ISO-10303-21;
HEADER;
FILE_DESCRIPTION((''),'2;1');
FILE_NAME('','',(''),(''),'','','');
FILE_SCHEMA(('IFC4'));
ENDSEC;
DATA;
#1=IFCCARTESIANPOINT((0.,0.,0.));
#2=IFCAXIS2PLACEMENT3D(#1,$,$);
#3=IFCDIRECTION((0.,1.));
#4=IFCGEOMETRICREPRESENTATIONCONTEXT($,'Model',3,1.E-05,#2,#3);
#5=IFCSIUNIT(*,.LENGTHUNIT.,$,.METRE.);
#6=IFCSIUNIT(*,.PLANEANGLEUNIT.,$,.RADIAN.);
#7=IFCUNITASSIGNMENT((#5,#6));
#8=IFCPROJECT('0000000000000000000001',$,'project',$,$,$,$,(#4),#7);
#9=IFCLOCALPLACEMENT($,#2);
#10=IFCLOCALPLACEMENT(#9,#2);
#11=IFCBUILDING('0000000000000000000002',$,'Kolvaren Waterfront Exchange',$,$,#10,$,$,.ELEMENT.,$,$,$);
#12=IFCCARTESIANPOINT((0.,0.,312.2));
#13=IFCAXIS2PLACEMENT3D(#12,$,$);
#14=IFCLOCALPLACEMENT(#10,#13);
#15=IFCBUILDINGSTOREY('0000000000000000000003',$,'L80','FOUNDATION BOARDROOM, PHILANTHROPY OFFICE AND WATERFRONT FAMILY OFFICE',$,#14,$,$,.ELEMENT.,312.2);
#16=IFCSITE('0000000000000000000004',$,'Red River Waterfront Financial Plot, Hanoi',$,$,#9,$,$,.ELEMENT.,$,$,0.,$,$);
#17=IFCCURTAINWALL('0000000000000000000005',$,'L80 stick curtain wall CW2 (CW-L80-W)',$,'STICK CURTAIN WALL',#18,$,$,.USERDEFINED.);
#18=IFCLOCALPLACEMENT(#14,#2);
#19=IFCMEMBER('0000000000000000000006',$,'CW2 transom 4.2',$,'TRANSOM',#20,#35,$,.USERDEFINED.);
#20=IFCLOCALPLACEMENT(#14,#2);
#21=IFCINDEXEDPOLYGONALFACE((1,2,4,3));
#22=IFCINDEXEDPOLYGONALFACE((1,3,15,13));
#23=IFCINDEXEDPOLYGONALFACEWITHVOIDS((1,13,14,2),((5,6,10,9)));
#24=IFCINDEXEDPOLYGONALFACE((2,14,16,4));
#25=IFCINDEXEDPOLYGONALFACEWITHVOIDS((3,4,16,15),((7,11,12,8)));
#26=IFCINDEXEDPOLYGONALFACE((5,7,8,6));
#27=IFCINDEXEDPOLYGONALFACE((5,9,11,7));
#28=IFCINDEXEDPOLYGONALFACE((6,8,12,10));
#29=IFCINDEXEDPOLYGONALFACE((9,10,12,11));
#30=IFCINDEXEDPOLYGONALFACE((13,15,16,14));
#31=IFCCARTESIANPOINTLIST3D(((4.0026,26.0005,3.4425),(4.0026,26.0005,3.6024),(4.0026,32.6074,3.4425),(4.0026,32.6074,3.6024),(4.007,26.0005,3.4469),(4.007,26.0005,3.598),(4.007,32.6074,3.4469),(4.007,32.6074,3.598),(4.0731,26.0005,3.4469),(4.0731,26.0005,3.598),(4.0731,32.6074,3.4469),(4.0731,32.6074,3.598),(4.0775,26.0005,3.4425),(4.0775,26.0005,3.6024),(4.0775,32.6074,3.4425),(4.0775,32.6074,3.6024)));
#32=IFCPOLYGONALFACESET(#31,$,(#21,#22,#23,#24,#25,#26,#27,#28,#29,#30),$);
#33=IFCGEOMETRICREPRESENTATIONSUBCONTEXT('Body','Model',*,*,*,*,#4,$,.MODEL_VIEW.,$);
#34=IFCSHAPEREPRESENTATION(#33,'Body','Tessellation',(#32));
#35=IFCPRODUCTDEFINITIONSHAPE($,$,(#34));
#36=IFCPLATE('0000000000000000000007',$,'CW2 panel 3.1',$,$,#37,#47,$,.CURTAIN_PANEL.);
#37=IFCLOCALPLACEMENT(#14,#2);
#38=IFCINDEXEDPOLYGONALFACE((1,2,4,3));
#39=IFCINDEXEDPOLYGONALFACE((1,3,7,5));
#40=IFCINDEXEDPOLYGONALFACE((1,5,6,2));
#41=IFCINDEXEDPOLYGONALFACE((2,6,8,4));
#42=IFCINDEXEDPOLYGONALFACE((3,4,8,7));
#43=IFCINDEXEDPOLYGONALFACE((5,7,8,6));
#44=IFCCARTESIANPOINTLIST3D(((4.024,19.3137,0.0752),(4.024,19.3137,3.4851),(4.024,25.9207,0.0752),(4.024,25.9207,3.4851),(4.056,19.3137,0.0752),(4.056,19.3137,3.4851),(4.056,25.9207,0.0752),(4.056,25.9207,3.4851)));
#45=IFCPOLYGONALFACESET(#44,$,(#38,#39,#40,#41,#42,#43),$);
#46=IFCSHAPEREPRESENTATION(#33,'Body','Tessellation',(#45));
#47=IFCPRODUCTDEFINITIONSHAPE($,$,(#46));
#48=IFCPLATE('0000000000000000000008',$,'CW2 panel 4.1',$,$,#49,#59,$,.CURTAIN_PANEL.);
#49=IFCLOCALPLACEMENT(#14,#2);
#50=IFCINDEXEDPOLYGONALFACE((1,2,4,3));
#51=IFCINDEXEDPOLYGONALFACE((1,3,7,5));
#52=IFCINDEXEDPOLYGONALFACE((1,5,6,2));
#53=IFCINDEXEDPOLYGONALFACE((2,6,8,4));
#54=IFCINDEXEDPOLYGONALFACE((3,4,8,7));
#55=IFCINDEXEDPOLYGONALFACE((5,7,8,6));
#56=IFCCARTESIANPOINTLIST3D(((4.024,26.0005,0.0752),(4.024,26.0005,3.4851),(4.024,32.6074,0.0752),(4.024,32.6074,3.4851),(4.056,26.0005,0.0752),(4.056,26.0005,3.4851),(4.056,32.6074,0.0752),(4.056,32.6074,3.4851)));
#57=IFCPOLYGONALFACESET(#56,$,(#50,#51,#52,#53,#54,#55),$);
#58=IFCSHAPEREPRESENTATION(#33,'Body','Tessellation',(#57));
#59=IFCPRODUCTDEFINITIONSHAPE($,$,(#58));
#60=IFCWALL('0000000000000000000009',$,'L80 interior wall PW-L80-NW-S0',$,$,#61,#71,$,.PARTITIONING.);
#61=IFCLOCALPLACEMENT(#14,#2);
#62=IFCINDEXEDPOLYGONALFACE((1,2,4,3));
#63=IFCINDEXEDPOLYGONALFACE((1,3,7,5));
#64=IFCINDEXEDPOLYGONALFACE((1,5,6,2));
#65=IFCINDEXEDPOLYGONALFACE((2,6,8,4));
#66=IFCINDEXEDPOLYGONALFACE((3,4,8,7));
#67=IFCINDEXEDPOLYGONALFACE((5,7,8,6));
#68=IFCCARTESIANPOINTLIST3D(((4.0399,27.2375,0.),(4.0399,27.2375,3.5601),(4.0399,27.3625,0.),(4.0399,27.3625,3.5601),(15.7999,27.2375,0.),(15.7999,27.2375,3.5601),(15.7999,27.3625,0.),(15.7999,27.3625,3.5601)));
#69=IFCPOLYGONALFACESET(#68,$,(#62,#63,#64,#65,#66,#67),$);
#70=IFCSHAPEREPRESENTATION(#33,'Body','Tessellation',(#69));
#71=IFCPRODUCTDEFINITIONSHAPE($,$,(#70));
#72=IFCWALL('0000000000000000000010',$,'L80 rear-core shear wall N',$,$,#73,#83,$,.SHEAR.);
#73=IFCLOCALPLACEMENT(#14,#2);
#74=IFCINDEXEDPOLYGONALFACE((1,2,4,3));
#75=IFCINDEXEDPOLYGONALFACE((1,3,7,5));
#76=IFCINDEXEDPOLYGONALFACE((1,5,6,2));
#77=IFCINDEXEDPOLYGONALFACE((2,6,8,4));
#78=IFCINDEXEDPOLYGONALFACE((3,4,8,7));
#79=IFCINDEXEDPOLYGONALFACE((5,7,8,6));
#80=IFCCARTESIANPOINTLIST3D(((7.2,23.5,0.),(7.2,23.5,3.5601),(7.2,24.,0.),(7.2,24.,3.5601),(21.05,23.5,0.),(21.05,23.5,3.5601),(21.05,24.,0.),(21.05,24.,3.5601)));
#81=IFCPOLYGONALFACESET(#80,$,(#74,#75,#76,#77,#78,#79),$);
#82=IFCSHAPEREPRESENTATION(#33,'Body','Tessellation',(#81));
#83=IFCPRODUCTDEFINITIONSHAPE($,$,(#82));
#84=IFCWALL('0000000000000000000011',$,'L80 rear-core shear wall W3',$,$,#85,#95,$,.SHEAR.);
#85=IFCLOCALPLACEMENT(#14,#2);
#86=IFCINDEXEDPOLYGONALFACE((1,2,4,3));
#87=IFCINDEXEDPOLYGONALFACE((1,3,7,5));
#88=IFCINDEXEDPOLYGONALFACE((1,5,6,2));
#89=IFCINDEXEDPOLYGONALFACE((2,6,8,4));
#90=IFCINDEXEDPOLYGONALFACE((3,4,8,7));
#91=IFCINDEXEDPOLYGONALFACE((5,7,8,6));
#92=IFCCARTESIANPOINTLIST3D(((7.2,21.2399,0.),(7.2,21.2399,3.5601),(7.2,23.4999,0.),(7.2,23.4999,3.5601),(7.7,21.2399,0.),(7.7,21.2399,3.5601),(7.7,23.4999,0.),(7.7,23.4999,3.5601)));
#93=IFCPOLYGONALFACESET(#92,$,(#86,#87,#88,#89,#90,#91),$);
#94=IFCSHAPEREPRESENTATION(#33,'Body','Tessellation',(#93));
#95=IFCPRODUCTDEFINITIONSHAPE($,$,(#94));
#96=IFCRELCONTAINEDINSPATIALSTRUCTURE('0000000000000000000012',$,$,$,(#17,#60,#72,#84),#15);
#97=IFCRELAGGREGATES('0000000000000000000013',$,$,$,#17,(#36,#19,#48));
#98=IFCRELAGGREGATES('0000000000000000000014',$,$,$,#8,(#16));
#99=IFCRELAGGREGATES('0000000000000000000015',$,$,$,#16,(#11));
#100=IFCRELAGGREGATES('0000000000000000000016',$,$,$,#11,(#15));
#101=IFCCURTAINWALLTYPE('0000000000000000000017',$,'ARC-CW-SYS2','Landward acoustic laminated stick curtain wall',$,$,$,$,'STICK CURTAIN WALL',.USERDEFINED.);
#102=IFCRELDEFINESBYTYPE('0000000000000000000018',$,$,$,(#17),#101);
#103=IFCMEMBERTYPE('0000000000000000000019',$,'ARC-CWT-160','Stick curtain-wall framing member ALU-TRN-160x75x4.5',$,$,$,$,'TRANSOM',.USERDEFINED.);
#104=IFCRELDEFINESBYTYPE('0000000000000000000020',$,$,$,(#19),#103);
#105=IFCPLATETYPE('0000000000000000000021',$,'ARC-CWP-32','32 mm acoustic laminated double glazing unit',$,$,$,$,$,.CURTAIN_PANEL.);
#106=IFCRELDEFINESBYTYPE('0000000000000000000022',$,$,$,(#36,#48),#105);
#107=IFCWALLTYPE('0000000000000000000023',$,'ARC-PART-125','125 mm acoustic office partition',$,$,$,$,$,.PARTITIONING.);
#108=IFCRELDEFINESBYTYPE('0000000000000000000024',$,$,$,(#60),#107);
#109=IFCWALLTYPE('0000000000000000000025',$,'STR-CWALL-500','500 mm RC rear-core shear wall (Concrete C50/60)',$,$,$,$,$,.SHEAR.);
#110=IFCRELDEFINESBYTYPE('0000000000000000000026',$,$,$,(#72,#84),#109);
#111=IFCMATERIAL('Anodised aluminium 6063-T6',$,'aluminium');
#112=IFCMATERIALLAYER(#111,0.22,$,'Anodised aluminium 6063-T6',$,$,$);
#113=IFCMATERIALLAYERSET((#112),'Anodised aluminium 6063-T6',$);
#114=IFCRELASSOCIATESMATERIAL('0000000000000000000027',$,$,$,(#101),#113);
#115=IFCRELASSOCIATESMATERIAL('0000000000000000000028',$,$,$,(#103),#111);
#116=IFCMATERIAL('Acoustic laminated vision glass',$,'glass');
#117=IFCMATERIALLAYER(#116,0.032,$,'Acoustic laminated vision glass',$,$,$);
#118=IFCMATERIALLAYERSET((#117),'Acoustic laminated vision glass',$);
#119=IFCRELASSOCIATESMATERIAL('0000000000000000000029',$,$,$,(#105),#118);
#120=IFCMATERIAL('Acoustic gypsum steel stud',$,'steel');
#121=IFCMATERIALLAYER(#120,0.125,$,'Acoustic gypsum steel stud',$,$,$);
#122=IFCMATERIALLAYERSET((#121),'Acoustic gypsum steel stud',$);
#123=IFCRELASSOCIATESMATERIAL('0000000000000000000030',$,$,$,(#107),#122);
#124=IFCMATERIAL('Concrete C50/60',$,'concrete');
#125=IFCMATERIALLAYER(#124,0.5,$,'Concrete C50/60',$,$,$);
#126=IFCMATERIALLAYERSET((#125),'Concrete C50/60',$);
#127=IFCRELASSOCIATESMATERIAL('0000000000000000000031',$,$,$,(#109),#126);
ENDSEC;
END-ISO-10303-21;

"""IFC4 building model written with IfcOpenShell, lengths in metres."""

from ifc_helpers import new_model, si_unit, direction, frame, frame_2d, origin, origin_with_axes, origin_2d, place, context, subcontext, project, spatial, rectangle, hollow_rectangle, extrude, source, transform, mapped, material, layer, layer_set, material_profile, profile_set, type_object, element, aggregate, save


model = new_model("IFC4")

# Units and contexts
model_context = context("Model", 3, precision=1e-05, world=origin(), true_north=direction((0.0, 1.0)))
body_context = subcontext(model_context, "Body", "Model", "MODEL_VIEW")
ifc_project = project(units=[si_unit("LENGTHUNIT", "METRE"), si_unit("PLANEANGLEUNIT", "RADIAN")], contexts=[model_context])

# Site, building, storey
site_placement = place(None, origin())
site = spatial("IfcSite", under=ifc_project, at=site_placement, Name="Red River Waterfront Financial Plot, Hanoi", CompositionType="ELEMENT", RefElevation=0.0)
building_placement = place(site_placement, origin())
building = spatial("IfcBuilding", under=site, at=building_placement, Name="Kolvaren Waterfront Exchange", CompositionType="ELEMENT")
storey_placement = place(building_placement, frame((0.0, 0.0, 312.2)))
storey = spatial("IfcBuildingStorey", under=building, at=storey_placement, Name="L80", Description="FOUNDATION BOARDROOM, PHILANTHROPY OFFICE AND WATERFRONT FAMILY OFFICE", CompositionType="ELEMENT", Elevation=312.2)

# Shared definitions
ifc_material_1 = material(Name="Concrete C50/60", Category="concrete")

# Curtain wall, member, plates
ifc_material_2 = material(Name="Anodised aluminium 6063-T6", Category="aluminium")
ifc_layer_1 = layer(ifc_material_2, 0.22, Name="Anodised aluminium 6063-T6")
ifc_layer_set_1 = layer_set([ifc_layer_1], Name="Anodised aluminium 6063-T6")
curtain_wall_type = type_object("IfcCurtainWallType", Name="ARC-CW-SYS2", Description="Landward acoustic laminated stick curtain wall", ElementType="STICK CURTAIN WALL", PredefinedType="USERDEFINED", material=ifc_layer_set_1)
curtain_wall_placement = place(storey_placement, origin())
curtain_wall = element("IfcCurtainWall", 1, at=curtain_wall_placement, inside=storey, type_object=curtain_wall_type, Name="L80 stick curtain wall CW2 (CW-L80-W)", ObjectType="STICK CURTAIN WALL", PredefinedType="USERDEFINED")
ifc_material_profile_1 = material_profile(ifc_material_2, hollow_rectangle(XDim=0.075, YDim=0.1599, WallThickness=0.0044, at=origin_2d()), Name="ALU-TRN-160x75x4.5")
ifc_profile_set_1 = profile_set([ifc_material_profile_1], Name="Anodised aluminium 6063-T6")
member_type_1 = type_object("IfcMemberType", Name="ARC-CWT-160", Description="Stick curtain-wall framing member ALU-TRN-160x75x4.5", ElementType="TRANSOM", PredefinedType="USERDEFINED", material=ifc_profile_set_1)
shared_shape_1 = source(origin_with_axes(), body_context, "Body", "SweptSolid", [
    extrude(hollow_rectangle(XDim=0.075, YDim=0.1599, WallThickness=0.0044, at=origin_2d()), origin(), (0.0, 0.0, 1.0), 6.6069),
])
member_1_placement = place(storey_placement, frame((4.04, 26.0005, 3.5225), z_axis=(0.0, 1.0, 0.0), x_axis=(-1.0, 0.0, 0.0)))
member_1 = element("IfcMember", 2, at=member_1_placement, type_object=member_type_1, Name="CW2 transom 4.2", ObjectType="TRANSOM", PredefinedType="USERDEFINED", context=body_context, shape_type="MappedRepresentation", body=[
    mapped(shared_shape_1, transform((0.0, 0.0, 0.0), x_axis=(1.0, 0.0, 0.0), y_axis=(0.0, 1.0, 0.0), z_axis=(0.0, 0.0, 1.0), scale=1.0)),
])
ifc_material_3 = material(Name="Acoustic laminated vision glass", Category="glass")
ifc_layer_2 = layer(ifc_material_3, 0.032, Name="Acoustic laminated vision glass")
ifc_layer_set_2 = layer_set([ifc_layer_2], Name="Acoustic laminated vision glass")
plate_type = type_object("IfcPlateType", Name="ARC-CWP-32", Description="32 mm acoustic laminated double glazing unit", PredefinedType="CURTAIN_PANEL", material=ifc_layer_set_2)
shared_shape_2 = source(origin_with_axes(), body_context, "Body", "SweptSolid", [
    extrude(rectangle(XDim=6.6069, YDim=0.032, at=origin_2d()), origin(), (0.0, 0.0, 1.0), 3.4099),
])
plate_1_placement = place(storey_placement, frame((4.04, 22.6172, 0.0752), z_axis=(0.0, 0.0, 1.0), x_axis=(0.0, 1.0, 0.0)))
plate_1 = element("IfcPlate", 3, at=plate_1_placement, type_object=plate_type, Name="CW2 panel 3.1", PredefinedType="CURTAIN_PANEL", context=body_context, shape_type="MappedRepresentation", body=[
    mapped(shared_shape_2, transform((0.0, 0.0, 0.0), x_axis=(1.0, 0.0, 0.0), y_axis=(0.0, 1.0, 0.0), z_axis=(0.0, 0.0, 1.0), scale=1.0)),
])
plate_2_placement = place(storey_placement, frame((4.04, 29.304, 0.0752), z_axis=(0.0, 0.0, 1.0), x_axis=(0.0, 1.0, 0.0)))
plate_2 = element("IfcPlate", 4, at=plate_2_placement, type_object=plate_type, Name="CW2 panel 4.1", PredefinedType="CURTAIN_PANEL", context=body_context, shape_type="MappedRepresentation", body=[
    mapped(shared_shape_2, transform((0.0, 0.0, 0.0), x_axis=(1.0, 0.0, 0.0), y_axis=(0.0, 1.0, 0.0), z_axis=(0.0, 0.0, 1.0), scale=1.0)),
])
aggregate(curtain_wall, [plate_1, member_1, plate_2])

# Wall
ifc_material_4 = material(Name="Acoustic gypsum steel stud", Category="steel")
ifc_layer_3 = layer(ifc_material_4, 0.125, Name="Acoustic gypsum steel stud")
ifc_layer_set_3 = layer_set([ifc_layer_3], Name="Acoustic gypsum steel stud")
wall_type_1 = type_object("IfcWallType", Name="ARC-PART-125", Description="125 mm acoustic office partition", PredefinedType="PARTITIONING", material=ifc_layer_set_3)
wall_1_placement = place(storey_placement, frame((4.04, 27.3, 0.0), z_axis=(0.0, 0.0, 1.0), x_axis=(1.0, 0.0, 0.0)))
element("IfcWall", 5, at=wall_1_placement, inside=storey, type_object=wall_type_1, Name="L80 interior wall PW-L80-NW-S0", PredefinedType="PARTITIONING", context=body_context, shape_type="SweptSolid", body=[
    extrude(rectangle(XDim=11.76, YDim=0.125, at=frame_2d((5.8799, 0.0))), origin(), (0.0, 0.0, 1.0), 3.5601),
])

# Walls
ifc_layer_4 = layer(ifc_material_1, 0.5, Name="Concrete C50/60")
ifc_layer_set_4 = layer_set([ifc_layer_4], Name="Concrete C50/60")
wall_type_2 = type_object("IfcWallType", Name="STR-CWALL-500", Description="500 mm RC rear-core shear wall (Concrete C50/60)", PredefinedType="SHEAR", material=ifc_layer_set_4)
wall_2_placement = place(storey_placement, frame((7.2, 23.75, 0.0), z_axis=(0.0, 0.0, 1.0), x_axis=(1.0, 0.0, 0.0)))
element("IfcWall", 6, at=wall_2_placement, inside=storey, type_object=wall_type_2, Name="L80 rear-core shear wall N", PredefinedType="SHEAR", context=body_context, shape_type="SweptSolid", body=[
    extrude(rectangle(XDim=13.8501, YDim=0.5, at=frame_2d((6.925, 0.0))), origin(), (0.0, 0.0, 1.0), 3.5601),
])
wall_3_placement = place(storey_placement, frame((7.45, 21.24, 0.0), z_axis=(0.0, 0.0, 1.0), x_axis=(0.0, 1.0, 0.0)))
element("IfcWall", 7, at=wall_3_placement, inside=storey, type_object=wall_type_2, Name="L80 rear-core shear wall W3", PredefinedType="SHEAR", context=body_context, shape_type="SweptSolid", body=[
    extrude(rectangle(XDim=2.26, YDim=0.5, at=frame_2d((1.1299, 0.0))), origin(), (0.0, 0.0, 1.0), 3.5601),
])

save(model, "model.ifc")
